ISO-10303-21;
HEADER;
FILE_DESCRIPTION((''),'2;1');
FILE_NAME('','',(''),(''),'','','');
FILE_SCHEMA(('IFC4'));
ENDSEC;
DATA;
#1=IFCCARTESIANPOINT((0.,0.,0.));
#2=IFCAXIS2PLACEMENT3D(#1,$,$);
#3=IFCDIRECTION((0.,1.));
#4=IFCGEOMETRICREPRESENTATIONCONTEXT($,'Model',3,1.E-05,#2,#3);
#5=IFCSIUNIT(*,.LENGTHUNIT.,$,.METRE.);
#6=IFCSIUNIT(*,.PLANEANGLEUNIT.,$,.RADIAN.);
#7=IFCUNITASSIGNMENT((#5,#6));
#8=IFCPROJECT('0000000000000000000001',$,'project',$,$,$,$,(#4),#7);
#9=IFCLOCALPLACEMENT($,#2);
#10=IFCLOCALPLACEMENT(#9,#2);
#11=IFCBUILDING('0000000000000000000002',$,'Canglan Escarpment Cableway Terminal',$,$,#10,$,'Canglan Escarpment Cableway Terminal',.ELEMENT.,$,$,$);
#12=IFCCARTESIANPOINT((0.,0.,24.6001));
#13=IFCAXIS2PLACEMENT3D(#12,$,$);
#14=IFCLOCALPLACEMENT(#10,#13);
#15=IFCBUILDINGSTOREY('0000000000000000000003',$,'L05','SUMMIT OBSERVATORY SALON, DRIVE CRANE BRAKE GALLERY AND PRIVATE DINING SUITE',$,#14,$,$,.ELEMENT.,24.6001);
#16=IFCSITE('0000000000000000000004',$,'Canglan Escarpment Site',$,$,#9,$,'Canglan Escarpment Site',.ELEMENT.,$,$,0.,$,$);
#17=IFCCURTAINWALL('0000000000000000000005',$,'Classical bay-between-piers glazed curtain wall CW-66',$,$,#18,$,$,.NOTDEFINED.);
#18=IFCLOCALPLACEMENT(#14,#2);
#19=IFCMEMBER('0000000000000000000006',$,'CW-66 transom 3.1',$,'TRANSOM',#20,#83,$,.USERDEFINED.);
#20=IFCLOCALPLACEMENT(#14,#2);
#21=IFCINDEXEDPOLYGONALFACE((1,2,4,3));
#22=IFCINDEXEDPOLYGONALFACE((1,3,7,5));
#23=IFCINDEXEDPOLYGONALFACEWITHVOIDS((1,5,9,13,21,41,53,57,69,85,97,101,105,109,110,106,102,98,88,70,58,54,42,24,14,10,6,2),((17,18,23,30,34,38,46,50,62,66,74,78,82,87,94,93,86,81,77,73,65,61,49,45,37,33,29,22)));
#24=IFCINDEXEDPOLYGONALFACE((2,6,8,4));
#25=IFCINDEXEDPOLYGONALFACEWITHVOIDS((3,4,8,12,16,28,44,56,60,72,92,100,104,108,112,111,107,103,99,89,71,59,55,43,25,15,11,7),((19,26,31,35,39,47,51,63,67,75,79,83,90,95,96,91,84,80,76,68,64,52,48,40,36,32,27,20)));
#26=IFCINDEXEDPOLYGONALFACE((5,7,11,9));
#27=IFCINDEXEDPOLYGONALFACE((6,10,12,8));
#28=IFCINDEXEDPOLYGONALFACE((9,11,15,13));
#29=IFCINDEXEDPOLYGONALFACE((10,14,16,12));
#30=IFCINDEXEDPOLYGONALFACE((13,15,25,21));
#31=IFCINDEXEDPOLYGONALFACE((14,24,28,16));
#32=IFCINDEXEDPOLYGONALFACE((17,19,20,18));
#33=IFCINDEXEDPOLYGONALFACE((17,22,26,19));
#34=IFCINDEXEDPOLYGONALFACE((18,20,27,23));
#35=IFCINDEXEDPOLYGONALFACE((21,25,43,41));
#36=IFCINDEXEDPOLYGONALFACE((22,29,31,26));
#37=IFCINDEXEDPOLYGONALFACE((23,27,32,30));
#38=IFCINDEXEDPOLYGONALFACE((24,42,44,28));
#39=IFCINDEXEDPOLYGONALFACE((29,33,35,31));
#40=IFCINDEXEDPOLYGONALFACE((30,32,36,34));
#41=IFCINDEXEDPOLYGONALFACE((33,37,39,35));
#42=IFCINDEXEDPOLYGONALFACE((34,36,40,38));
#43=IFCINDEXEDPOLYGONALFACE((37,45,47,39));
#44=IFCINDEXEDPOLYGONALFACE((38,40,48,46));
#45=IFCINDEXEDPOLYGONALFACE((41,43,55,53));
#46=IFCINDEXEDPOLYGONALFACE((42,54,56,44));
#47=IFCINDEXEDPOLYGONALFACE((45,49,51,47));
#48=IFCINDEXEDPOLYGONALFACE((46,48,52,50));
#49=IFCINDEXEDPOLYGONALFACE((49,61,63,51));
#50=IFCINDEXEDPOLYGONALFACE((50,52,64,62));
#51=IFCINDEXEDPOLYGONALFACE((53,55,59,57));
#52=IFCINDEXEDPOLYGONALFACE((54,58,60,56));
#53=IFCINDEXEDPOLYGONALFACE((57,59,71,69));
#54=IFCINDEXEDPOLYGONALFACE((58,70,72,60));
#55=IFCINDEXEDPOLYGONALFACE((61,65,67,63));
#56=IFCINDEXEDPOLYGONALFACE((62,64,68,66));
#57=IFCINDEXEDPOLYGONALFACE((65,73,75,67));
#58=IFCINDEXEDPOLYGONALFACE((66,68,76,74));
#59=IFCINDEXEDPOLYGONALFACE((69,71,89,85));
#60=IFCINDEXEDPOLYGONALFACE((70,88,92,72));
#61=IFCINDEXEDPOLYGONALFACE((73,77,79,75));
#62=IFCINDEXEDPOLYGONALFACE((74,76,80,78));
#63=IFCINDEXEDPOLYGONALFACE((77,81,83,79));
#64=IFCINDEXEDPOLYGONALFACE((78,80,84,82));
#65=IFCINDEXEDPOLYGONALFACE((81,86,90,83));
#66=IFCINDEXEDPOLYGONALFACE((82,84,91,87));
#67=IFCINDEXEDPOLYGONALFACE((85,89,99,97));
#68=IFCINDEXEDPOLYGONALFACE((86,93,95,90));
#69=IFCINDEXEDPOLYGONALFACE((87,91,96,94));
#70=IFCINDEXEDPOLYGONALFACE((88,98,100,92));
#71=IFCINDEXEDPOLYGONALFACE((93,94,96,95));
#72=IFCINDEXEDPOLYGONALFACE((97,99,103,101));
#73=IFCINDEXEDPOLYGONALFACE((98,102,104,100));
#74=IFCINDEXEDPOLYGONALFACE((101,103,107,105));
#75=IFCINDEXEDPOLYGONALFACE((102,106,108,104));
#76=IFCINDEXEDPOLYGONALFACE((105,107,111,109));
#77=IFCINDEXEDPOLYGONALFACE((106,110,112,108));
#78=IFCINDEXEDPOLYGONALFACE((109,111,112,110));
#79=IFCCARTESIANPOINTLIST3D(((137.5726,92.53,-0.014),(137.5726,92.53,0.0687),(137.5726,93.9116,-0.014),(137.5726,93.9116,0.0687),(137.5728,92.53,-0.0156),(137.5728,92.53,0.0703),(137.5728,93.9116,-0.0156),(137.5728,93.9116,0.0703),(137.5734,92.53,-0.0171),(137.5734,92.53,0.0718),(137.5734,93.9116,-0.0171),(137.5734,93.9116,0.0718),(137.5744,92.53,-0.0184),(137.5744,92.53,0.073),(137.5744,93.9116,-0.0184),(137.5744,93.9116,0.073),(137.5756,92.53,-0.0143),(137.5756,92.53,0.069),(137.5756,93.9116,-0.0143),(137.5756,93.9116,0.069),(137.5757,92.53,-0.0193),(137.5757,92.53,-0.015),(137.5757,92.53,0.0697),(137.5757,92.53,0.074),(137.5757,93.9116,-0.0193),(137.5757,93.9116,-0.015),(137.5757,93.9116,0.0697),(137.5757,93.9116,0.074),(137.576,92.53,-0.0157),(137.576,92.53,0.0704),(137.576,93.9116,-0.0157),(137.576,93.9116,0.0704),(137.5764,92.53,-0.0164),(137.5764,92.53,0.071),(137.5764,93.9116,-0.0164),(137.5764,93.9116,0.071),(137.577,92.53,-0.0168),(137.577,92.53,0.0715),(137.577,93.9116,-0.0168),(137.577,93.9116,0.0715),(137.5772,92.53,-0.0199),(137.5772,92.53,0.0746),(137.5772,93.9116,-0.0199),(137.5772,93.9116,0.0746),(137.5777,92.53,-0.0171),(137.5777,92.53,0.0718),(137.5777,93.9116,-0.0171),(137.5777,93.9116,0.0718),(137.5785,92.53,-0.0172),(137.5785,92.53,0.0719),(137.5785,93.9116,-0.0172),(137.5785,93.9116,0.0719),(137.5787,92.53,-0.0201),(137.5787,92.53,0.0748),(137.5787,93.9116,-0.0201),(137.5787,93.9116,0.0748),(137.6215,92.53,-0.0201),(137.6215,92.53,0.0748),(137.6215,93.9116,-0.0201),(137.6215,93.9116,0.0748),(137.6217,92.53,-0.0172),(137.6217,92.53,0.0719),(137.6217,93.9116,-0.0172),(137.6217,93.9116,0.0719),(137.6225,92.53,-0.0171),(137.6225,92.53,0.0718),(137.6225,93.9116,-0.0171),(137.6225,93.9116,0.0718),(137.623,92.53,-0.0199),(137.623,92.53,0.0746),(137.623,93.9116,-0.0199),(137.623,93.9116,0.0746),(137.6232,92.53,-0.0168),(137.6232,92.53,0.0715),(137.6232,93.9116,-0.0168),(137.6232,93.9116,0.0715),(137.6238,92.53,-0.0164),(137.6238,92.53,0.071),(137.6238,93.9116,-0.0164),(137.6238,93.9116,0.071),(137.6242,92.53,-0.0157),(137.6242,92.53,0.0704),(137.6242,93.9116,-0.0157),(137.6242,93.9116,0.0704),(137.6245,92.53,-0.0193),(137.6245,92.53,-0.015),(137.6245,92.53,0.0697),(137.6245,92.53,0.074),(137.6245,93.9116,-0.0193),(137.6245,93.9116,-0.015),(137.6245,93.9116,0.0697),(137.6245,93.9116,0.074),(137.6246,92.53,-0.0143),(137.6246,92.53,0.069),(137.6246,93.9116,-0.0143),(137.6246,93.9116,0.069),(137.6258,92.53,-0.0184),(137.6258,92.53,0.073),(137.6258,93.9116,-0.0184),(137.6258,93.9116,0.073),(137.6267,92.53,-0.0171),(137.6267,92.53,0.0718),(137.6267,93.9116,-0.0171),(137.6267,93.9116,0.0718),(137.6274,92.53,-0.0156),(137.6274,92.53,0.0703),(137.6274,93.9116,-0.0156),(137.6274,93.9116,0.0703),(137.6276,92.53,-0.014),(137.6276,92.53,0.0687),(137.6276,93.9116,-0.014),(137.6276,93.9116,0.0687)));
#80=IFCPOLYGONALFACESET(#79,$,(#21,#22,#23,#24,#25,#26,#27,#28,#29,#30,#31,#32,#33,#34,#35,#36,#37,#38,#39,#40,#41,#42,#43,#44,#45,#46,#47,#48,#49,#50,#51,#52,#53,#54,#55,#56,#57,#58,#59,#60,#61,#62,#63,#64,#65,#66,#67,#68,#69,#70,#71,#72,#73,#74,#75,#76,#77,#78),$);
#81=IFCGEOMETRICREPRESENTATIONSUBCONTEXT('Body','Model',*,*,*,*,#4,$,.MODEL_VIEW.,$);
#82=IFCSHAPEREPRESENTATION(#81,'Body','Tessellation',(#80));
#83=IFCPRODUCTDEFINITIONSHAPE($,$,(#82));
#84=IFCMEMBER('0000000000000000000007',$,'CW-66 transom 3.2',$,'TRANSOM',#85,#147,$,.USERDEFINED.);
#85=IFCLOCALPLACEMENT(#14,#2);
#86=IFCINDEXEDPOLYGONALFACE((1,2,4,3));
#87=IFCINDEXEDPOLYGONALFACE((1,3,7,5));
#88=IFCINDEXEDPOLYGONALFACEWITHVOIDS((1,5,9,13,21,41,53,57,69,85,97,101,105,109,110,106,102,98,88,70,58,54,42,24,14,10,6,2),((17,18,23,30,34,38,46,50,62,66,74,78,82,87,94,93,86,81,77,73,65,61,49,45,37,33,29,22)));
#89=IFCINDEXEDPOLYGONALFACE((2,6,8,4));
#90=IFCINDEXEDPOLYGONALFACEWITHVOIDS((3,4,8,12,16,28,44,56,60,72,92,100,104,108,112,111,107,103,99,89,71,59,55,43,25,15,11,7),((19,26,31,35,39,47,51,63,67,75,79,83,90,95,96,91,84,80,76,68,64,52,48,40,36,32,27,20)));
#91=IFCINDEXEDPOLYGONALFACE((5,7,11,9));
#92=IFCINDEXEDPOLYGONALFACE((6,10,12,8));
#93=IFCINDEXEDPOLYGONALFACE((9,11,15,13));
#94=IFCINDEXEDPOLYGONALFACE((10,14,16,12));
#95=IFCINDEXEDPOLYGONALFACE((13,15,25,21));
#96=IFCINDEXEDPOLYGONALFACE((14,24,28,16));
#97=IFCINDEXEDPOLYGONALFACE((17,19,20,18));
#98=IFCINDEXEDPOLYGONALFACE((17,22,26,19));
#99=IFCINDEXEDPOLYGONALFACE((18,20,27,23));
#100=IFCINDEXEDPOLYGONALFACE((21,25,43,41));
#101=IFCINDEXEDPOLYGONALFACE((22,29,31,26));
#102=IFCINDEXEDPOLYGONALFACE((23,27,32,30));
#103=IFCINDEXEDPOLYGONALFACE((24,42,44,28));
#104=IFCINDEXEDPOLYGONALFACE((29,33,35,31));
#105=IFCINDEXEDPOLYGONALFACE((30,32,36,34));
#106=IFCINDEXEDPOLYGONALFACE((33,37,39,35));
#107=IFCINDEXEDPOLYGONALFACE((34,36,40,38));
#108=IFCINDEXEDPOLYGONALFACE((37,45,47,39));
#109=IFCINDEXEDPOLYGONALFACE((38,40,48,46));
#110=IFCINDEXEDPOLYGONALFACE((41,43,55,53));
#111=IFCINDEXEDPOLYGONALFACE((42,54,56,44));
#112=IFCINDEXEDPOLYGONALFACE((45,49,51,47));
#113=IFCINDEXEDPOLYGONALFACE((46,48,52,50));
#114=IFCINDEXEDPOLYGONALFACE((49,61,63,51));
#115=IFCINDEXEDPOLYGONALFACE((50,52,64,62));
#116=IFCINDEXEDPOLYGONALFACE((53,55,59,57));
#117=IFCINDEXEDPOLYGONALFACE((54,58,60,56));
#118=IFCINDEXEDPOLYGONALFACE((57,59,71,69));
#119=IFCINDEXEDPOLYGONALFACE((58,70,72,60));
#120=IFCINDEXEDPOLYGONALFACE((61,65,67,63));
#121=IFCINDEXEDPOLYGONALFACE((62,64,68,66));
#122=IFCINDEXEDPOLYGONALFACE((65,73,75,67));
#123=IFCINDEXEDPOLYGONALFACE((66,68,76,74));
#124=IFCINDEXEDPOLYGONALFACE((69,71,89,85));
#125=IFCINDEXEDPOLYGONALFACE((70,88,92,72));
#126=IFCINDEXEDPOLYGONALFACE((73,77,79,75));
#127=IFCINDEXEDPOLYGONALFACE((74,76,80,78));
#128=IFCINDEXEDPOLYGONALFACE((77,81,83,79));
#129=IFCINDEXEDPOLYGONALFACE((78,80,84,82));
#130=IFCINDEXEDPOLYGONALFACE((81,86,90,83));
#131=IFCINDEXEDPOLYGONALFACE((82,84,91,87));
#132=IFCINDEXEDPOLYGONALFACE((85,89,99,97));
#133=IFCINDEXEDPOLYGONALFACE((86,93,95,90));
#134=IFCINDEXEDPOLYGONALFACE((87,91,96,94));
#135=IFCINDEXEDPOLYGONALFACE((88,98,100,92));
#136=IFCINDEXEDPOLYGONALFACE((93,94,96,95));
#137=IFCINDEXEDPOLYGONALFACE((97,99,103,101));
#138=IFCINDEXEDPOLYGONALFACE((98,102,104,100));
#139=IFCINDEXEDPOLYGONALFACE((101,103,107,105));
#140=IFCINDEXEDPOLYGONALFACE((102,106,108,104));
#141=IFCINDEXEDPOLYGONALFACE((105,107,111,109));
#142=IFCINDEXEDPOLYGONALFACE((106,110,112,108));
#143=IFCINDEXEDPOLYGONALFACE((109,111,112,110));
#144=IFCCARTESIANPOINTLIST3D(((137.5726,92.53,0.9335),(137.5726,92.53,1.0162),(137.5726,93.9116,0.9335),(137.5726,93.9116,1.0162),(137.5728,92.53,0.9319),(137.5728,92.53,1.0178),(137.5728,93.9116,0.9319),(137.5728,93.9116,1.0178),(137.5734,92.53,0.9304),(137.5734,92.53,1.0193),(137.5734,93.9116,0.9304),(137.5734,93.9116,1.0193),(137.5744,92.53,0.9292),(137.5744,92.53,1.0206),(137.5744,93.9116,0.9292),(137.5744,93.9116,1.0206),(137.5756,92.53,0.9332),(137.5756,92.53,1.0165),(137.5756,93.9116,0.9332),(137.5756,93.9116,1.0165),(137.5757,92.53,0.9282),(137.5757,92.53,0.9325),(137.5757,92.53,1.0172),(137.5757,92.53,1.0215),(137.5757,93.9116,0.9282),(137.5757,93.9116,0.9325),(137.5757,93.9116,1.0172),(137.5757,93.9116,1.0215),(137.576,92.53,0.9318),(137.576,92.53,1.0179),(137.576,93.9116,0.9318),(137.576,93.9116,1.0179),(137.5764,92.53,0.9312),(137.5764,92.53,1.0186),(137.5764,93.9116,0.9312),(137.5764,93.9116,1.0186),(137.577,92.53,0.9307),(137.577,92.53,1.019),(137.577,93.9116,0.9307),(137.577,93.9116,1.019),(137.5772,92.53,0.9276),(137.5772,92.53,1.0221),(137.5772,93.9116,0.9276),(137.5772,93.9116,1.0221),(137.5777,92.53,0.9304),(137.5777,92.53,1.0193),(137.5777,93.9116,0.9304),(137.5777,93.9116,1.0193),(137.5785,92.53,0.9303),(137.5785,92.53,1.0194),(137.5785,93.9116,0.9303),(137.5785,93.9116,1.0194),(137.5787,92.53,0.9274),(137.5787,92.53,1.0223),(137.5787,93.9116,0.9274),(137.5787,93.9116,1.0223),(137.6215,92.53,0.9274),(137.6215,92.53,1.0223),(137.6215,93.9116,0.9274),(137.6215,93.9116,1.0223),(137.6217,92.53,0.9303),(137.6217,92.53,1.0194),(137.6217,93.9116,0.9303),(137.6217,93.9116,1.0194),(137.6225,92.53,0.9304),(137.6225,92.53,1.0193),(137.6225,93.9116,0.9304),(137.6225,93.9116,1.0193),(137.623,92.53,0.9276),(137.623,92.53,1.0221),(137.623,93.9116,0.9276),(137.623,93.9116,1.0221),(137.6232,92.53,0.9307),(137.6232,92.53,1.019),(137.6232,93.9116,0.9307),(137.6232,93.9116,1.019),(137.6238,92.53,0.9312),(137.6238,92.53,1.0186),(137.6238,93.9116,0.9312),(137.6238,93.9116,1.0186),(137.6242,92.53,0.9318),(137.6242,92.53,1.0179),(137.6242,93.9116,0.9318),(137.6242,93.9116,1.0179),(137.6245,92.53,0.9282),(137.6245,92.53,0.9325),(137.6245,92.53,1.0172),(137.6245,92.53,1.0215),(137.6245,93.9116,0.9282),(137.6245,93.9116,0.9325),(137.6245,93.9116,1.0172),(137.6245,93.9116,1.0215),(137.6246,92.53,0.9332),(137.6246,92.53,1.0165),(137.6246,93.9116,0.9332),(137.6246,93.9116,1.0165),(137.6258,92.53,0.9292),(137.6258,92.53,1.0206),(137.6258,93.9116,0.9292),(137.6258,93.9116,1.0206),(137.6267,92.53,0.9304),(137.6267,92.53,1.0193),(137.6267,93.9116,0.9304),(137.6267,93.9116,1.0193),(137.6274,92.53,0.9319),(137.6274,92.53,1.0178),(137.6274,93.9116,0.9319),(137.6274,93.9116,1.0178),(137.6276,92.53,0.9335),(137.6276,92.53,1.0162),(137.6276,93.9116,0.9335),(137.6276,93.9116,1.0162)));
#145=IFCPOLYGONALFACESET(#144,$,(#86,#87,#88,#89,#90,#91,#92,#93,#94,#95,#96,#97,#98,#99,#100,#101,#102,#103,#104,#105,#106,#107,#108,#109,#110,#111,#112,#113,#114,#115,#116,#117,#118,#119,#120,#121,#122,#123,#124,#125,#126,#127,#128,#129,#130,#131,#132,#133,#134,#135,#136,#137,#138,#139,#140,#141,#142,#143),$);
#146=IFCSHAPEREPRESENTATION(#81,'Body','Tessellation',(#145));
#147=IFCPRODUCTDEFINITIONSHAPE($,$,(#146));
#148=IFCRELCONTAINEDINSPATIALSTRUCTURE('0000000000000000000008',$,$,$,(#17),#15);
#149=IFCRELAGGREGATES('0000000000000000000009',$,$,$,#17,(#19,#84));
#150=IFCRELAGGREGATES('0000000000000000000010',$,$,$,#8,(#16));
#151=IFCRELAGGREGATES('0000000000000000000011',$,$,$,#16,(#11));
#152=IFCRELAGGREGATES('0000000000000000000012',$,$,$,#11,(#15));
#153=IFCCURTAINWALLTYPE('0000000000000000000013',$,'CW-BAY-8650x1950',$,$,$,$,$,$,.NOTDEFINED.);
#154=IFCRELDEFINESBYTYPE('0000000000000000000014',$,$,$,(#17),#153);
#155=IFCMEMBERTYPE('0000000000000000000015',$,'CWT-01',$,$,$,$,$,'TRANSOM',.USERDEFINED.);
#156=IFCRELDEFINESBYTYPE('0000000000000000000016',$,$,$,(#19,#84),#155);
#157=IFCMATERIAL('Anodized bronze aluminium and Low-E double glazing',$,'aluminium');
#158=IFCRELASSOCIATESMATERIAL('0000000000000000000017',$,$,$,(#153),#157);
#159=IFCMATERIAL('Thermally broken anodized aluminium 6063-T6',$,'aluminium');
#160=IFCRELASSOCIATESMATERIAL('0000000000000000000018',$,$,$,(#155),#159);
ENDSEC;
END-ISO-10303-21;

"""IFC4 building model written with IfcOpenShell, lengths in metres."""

from ifc_helpers import new_model, si_unit, direction, frame, origin, origin_2d, place, context, subcontext, project, spatial, hollow_rectangle, extrude, material, material_profile, profile_set, type_object, element, aggregate, save


model = new_model("IFC4")

# Units and contexts
model_context = context("Model", 3, precision=1e-05, world=origin(), true_north=direction((0.0, 1.0)))
body_context = subcontext(model_context, "Body", "Model", "MODEL_VIEW")
ifc_project = project(units=[si_unit("LENGTHUNIT", "METRE"), si_unit("PLANEANGLEUNIT", "RADIAN")], contexts=[model_context])

# Site, building, storey
site_placement = place(None, origin())
site = spatial("IfcSite", under=ifc_project, at=site_placement, Name="Canglan Escarpment Site", LongName="Canglan Escarpment Site", CompositionType="ELEMENT", RefElevation=0.0)
building_placement = place(site_placement, origin())
building = spatial("IfcBuilding", under=site, at=building_placement, Name="Canglan Escarpment Cableway Terminal", LongName="Canglan Escarpment Cableway Terminal", CompositionType="ELEMENT")
storey_placement = place(building_placement, frame((0.0, 0.0, 24.6001)))
storey = spatial("IfcBuildingStorey", under=building, at=storey_placement, Name="L05", Description="SUMMIT OBSERVATORY SALON, DRIVE CRANE BRAKE GALLERY AND PRIVATE DINING SUITE", CompositionType="ELEMENT", Elevation=24.6001)

# Curtain wall, members
ifc_material_1 = material(Name="Anodized bronze aluminium and Low-E double glazing", Category="aluminium")
curtain_wall_type = type_object("IfcCurtainWallType", Name="CW-BAY-8650x1950", PredefinedType="NOTDEFINED", material=ifc_material_1)
curtain_wall_placement = place(storey_placement, origin())
curtain_wall = element("IfcCurtainWall", 1, at=curtain_wall_placement, inside=storey, type_object=curtain_wall_type, Name="Classical bay-between-piers glazed curtain wall CW-66", PredefinedType="NOTDEFINED")
ifc_material_2 = material(Name="Thermally broken anodized aluminium 6063-T6", Category="aluminium")
ifc_material_profile_1 = material_profile(ifc_material_2, hollow_rectangle(XDim=0.0549, YDim=0.095, WallThickness=0.0029, InnerFilletRadius=0.0029, OuterFilletRadius=0.0061, at=origin_2d()), Name="ALU-TRAN 55x95x3")
ifc_profile_set_1 = profile_set([ifc_material_profile_1], Name="Thermally broken anodized aluminium 6063-T6")
member_type_1 = type_object("IfcMemberType", Name="CWT-01", ElementType="TRANSOM", PredefinedType="USERDEFINED", material=ifc_profile_set_1)
member_1_placement = place(storey_placement, frame((137.6001, 93.9116, 0.0273), z_axis=(0.0, -1.0, 0.0), x_axis=(1.0, 0.0, 0.0)))
member_1 = element("IfcMember", 2, at=member_1_placement, type_object=member_type_1, Name="CW-66 transom 3.1", ObjectType="TRANSOM", PredefinedType="USERDEFINED", context=body_context, shape_type="SweptSolid", body=[
    extrude(hollow_rectangle(XDim=0.0549, YDim=0.095, WallThickness=0.0029, InnerFilletRadius=0.0029, OuterFilletRadius=0.0061, at=origin_2d()), origin(), (0.0, 0.0, 1.0), 1.3816),
])
member_2_placement = place(storey_placement, frame((137.6001, 93.9116, 0.9749), z_axis=(0.0, -1.0, 0.0), x_axis=(1.0, 0.0, 0.0)))
member_2 = element("IfcMember", 3, at=member_2_placement, type_object=member_type_1, Name="CW-66 transom 3.2", ObjectType="TRANSOM", PredefinedType="USERDEFINED", context=body_context, shape_type="SweptSolid", body=[
    extrude(hollow_rectangle(XDim=0.0549, YDim=0.095, WallThickness=0.0029, InnerFilletRadius=0.0029, OuterFilletRadius=0.0061, at=origin_2d()), origin(), (0.0, 0.0, 1.0), 1.3816),
])

aggregate(curtain_wall, [member_1, member_2])

save(model, "model.ifc")
